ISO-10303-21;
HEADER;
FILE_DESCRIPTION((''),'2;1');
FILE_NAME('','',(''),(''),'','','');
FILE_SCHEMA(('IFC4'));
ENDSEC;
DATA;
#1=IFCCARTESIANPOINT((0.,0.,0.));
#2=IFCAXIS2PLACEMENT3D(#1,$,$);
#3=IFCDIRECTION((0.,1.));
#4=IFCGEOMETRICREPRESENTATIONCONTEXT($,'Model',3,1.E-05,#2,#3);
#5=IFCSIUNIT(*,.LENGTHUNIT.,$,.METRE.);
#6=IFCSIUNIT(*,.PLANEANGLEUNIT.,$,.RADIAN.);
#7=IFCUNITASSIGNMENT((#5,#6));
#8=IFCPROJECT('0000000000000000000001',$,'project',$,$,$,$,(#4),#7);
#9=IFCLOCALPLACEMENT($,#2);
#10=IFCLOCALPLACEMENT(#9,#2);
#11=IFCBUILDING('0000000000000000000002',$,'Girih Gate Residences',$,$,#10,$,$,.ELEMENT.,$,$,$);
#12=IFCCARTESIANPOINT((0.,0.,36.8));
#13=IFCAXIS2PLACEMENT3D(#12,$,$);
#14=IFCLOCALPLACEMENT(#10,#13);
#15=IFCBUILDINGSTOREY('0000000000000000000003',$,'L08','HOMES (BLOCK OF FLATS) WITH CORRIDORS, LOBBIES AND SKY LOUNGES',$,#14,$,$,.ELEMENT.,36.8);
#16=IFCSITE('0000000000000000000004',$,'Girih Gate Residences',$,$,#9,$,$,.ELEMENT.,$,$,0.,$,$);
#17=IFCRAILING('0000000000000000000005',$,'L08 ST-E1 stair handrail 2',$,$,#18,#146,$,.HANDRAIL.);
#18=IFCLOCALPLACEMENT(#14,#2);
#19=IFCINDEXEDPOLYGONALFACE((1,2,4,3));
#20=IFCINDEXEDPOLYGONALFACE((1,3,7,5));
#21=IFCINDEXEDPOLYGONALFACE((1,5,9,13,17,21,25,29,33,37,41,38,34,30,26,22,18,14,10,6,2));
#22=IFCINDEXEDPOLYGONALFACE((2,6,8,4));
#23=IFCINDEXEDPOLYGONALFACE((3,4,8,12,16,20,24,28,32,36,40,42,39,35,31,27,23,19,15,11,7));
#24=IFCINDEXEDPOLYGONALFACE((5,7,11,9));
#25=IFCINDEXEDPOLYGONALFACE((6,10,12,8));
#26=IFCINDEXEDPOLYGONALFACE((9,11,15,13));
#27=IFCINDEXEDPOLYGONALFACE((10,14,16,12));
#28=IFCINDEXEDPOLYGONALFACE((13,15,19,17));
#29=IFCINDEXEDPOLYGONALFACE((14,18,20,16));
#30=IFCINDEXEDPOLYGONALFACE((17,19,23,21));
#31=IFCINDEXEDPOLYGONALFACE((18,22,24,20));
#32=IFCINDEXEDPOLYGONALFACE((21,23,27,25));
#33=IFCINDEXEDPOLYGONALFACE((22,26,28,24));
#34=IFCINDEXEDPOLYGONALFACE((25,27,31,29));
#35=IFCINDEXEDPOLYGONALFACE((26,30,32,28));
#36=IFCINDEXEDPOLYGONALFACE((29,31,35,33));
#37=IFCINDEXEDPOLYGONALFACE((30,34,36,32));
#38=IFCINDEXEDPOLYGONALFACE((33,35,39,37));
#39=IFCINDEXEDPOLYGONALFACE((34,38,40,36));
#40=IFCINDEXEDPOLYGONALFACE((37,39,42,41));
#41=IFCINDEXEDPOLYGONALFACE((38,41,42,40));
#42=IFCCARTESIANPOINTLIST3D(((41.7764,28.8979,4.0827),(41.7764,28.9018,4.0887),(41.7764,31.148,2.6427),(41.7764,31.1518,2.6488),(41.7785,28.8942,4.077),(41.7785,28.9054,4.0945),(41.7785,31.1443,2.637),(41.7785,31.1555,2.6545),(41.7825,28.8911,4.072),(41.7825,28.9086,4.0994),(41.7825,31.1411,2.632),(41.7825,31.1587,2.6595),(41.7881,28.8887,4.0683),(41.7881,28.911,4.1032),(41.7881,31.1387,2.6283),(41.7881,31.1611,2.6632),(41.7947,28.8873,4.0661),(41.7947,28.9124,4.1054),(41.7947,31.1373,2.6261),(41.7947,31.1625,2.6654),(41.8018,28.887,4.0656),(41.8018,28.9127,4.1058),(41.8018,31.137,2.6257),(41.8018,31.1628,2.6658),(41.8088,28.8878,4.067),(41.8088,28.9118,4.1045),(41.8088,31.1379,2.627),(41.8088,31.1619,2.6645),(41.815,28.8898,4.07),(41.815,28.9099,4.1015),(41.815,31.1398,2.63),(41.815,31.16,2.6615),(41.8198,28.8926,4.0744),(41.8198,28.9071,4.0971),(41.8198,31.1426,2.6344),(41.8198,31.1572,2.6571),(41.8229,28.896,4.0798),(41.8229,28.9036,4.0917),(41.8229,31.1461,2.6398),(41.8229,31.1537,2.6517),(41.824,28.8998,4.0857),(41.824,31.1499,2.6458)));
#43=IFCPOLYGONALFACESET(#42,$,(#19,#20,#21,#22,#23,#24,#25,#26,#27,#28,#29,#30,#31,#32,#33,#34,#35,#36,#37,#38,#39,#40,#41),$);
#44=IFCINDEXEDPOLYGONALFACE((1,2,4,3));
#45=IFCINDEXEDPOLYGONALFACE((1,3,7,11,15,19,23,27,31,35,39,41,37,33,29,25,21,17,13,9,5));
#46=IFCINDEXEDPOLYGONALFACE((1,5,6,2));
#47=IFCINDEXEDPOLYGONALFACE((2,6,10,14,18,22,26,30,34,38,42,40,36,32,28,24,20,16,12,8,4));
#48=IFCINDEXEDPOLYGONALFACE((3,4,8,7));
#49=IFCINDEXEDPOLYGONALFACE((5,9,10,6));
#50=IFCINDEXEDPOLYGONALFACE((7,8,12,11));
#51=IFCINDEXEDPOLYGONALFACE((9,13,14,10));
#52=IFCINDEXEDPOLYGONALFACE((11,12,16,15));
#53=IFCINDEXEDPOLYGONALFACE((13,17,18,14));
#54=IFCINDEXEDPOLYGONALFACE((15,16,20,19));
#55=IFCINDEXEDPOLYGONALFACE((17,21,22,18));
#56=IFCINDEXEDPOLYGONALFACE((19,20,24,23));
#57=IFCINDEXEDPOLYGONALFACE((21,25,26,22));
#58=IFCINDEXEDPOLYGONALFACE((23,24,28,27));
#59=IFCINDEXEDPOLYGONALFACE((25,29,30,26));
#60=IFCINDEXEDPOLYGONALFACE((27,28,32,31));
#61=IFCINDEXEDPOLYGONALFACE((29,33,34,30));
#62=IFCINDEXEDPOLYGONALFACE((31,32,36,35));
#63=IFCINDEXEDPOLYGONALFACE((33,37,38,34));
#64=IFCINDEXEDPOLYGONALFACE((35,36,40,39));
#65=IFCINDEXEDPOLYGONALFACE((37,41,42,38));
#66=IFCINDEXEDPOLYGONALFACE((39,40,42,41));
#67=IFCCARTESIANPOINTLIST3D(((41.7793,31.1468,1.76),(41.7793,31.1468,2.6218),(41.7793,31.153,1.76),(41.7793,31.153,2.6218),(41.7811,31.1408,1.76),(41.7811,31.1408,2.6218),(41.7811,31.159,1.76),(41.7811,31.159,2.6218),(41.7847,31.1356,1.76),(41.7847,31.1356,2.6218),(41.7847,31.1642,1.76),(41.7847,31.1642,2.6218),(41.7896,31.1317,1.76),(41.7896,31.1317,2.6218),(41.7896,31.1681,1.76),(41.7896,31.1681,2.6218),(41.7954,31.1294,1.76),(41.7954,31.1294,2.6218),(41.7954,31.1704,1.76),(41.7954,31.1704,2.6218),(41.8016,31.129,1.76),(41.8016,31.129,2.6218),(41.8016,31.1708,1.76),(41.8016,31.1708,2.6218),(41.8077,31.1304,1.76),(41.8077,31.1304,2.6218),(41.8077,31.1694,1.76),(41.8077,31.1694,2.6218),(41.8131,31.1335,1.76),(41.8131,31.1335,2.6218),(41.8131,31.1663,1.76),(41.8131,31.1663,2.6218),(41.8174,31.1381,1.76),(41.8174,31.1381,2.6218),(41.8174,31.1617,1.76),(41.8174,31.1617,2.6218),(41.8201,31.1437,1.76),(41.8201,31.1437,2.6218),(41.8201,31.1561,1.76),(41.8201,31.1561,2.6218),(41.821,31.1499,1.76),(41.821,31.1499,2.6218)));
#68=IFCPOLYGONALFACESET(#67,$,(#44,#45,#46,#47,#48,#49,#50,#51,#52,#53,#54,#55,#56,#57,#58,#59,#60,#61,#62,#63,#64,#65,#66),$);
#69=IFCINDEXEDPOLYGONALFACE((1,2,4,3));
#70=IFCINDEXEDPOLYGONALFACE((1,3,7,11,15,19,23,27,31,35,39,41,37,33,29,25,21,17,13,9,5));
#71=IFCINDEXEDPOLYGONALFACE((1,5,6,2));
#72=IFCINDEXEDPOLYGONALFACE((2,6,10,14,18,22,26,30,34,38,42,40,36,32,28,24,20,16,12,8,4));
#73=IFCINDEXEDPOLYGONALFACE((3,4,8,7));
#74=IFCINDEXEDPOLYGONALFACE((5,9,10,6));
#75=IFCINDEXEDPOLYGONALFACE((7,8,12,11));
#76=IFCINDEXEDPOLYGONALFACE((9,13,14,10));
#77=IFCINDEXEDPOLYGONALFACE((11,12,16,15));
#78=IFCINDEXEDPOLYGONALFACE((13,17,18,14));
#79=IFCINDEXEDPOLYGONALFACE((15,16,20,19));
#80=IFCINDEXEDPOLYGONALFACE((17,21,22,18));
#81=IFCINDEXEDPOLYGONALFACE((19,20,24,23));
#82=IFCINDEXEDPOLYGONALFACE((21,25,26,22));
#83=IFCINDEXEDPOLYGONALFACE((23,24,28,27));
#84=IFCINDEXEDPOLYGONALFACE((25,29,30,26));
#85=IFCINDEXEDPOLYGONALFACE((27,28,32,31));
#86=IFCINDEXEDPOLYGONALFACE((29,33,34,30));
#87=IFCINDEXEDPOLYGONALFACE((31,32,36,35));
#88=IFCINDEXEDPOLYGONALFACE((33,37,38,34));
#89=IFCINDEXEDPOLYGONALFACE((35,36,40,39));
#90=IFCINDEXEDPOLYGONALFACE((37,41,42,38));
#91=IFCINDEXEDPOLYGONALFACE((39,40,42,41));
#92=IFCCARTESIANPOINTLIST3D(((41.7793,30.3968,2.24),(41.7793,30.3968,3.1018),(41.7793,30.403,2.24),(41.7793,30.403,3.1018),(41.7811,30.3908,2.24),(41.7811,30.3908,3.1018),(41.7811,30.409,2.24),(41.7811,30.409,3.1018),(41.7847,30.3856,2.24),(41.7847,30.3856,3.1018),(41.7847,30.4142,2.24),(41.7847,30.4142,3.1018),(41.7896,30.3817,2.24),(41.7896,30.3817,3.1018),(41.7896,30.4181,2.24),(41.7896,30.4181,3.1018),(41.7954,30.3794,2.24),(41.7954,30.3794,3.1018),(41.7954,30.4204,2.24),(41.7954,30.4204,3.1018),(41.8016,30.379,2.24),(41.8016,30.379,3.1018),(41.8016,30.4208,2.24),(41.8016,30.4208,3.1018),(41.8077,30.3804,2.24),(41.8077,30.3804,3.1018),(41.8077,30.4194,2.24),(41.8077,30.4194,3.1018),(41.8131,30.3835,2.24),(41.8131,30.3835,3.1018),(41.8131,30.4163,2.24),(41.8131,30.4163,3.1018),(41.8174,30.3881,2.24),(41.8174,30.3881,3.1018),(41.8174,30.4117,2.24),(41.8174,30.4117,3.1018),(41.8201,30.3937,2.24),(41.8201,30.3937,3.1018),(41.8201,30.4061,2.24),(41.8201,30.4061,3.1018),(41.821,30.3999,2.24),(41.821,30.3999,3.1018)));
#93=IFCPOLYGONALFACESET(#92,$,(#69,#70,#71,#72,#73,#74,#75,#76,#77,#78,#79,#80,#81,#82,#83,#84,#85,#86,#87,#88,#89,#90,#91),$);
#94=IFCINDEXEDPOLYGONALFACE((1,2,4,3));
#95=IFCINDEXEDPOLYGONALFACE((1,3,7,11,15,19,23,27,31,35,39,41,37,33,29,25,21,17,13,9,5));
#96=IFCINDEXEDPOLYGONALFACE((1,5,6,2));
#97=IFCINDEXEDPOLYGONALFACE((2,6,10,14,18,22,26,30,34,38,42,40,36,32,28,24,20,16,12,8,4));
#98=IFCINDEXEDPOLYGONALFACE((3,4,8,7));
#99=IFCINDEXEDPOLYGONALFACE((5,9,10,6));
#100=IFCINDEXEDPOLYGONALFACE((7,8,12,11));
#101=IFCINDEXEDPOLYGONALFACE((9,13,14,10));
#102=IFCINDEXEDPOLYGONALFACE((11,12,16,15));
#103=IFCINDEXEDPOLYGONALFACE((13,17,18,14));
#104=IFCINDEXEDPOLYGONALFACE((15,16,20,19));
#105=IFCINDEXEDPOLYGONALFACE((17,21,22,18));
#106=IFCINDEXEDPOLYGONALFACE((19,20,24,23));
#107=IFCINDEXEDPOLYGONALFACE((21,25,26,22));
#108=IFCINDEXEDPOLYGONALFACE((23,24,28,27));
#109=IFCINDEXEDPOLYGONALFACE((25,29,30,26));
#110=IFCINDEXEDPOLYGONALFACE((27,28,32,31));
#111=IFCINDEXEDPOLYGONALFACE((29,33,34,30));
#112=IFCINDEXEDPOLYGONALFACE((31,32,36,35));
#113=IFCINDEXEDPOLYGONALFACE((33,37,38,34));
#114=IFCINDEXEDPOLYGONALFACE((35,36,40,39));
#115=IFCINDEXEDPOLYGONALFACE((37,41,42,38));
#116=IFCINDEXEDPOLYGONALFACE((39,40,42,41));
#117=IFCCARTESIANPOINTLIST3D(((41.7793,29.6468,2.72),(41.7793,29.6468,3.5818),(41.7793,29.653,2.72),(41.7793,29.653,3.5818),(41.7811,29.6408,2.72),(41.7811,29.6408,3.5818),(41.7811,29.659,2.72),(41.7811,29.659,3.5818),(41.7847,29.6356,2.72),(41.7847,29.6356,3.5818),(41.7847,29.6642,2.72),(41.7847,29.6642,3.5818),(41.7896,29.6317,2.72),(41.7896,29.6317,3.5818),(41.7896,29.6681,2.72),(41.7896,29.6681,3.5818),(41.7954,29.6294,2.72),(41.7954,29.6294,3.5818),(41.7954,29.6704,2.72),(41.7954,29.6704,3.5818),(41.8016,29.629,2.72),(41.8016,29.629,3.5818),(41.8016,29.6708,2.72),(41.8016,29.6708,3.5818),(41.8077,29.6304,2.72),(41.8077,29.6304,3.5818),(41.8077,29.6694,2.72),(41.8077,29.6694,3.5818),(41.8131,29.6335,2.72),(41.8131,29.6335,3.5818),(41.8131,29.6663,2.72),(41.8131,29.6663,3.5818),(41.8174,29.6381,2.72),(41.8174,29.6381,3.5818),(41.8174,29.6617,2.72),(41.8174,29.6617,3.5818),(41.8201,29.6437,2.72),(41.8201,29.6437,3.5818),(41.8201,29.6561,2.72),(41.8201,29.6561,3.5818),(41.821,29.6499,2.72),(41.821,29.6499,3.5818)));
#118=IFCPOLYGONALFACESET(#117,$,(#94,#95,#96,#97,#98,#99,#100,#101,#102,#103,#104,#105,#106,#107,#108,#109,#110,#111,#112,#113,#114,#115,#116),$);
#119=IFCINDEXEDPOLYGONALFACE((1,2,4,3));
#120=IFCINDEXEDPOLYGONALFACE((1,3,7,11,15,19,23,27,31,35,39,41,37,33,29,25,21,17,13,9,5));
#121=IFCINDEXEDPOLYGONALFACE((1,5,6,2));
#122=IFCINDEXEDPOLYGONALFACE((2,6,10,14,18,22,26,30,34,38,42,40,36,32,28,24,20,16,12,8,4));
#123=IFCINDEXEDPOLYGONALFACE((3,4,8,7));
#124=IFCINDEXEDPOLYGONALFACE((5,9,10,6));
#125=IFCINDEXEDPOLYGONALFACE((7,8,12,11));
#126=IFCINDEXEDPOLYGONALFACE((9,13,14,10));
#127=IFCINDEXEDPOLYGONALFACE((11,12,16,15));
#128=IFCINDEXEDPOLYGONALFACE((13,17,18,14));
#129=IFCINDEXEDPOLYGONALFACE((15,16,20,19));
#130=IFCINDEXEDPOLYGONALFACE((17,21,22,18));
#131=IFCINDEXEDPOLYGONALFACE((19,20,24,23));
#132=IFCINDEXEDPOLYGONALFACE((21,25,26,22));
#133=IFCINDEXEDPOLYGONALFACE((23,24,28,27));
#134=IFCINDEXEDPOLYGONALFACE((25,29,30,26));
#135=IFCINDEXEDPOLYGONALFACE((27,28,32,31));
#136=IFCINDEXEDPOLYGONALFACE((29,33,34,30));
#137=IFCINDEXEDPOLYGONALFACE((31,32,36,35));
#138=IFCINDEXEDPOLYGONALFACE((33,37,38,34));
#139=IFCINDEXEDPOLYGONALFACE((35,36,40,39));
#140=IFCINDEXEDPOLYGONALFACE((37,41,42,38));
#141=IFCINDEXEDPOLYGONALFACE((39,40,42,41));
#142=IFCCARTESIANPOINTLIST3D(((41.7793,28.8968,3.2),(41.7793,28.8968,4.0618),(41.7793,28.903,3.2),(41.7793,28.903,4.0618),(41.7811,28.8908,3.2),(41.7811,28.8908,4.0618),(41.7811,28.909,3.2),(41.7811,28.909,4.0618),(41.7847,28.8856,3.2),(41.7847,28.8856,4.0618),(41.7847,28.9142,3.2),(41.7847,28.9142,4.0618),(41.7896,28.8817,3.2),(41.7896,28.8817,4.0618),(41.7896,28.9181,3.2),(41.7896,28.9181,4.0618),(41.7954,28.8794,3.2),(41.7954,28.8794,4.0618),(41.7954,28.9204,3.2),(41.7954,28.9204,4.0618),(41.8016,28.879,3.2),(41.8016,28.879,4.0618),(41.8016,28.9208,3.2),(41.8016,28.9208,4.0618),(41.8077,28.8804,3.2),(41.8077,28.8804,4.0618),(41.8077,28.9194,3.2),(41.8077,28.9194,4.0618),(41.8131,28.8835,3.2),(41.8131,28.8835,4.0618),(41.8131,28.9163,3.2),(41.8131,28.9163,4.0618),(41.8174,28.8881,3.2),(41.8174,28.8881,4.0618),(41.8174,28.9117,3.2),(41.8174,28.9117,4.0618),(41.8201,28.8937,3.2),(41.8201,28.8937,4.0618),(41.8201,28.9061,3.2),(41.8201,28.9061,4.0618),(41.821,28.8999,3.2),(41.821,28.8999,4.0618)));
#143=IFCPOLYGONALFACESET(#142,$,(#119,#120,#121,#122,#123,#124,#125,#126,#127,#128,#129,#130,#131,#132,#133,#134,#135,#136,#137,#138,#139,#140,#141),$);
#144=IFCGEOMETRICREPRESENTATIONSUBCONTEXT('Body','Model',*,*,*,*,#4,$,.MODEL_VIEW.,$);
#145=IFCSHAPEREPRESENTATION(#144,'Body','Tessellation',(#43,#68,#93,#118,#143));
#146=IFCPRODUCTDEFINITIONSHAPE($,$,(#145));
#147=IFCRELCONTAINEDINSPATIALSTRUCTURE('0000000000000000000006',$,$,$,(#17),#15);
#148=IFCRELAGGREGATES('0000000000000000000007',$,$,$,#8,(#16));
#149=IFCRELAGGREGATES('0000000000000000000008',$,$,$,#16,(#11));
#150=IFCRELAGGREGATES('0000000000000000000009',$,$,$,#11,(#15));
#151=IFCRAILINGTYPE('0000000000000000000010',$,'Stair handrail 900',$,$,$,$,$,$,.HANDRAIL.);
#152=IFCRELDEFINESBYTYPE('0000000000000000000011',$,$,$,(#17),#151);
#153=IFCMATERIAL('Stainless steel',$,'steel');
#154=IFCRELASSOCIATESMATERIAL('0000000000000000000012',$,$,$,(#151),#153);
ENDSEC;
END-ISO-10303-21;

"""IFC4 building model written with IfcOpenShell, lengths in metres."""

from ifc_helpers import new_model, si_unit, direction, frame, origin, origin_2d, place, context, subcontext, project, spatial, circle, extrude, material, type_object, element, save


model = new_model("IFC4")

# Units and contexts
model_context = context("Model", 3, precision=1e-05, world=origin(), true_north=direction((0.0, 1.0)))
body_context = subcontext(model_context, "Body", "Model", "MODEL_VIEW")
ifc_project = project(units=[si_unit("LENGTHUNIT", "METRE"), si_unit("PLANEANGLEUNIT", "RADIAN")], contexts=[model_context])

# Site, building, storey
site_placement = place(None, origin())
site = spatial("IfcSite", under=ifc_project, at=site_placement, Name="Girih Gate Residences", CompositionType="ELEMENT", RefElevation=0.0)
building_placement = place(site_placement, origin())
building = spatial("IfcBuilding", under=site, at=building_placement, Name="Girih Gate Residences", CompositionType="ELEMENT")
storey_placement = place(building_placement, frame((0.0, 0.0, 36.8)))
storey = spatial("IfcBuildingStorey", under=building, at=storey_placement, Name="L08", Description="HOMES (BLOCK OF FLATS) WITH CORRIDORS, LOBBIES AND SKY LOUNGES", CompositionType="ELEMENT", Elevation=36.8)

# Railing
ifc_material_1 = material(Name="Stainless steel", Category="steel")
railing_type_1 = type_object("IfcRailingType", Name="Stair handrail 900", PredefinedType="HANDRAIL", material=ifc_material_1)
railing_1_placement = place(storey_placement, frame((41.8, 31.1499, 1.76)))
element("IfcRailing", 1, at=railing_1_placement, inside=storey, type_object=railing_type_1, Name="L08 ST-E1 stair handrail 2", PredefinedType="HANDRAIL", context=body_context, shape_type="SweptSolid", body=[
    extrude(circle(Radius=0.0239, at=origin_2d()), frame((0.0, 0.0, 0.8857), z_axis=(0.0, -0.842281, 0.539038), x_axis=(1.0, 0.0, 0.0)), (0.0, 0.0, 1.0), 2.6714),
    extrude(circle(Radius=0.021, at=origin_2d()), origin(), (0.0, 0.0, 1.0), 0.8618),
    extrude(circle(Radius=0.021, at=origin_2d()), frame((0.0, -0.75, 0.48)), (0.0, 0.0, 1.0), 0.8618),
    extrude(circle(Radius=0.021, at=origin_2d()), frame((0.0, -1.5, 0.96)), (0.0, 0.0, 1.0), 0.8618),
    extrude(circle(Radius=0.021, at=origin_2d()), frame((0.0, -2.25, 1.4399)), (0.0, 0.0, 1.0), 0.8618),
])

save(model, "model.ifc")
